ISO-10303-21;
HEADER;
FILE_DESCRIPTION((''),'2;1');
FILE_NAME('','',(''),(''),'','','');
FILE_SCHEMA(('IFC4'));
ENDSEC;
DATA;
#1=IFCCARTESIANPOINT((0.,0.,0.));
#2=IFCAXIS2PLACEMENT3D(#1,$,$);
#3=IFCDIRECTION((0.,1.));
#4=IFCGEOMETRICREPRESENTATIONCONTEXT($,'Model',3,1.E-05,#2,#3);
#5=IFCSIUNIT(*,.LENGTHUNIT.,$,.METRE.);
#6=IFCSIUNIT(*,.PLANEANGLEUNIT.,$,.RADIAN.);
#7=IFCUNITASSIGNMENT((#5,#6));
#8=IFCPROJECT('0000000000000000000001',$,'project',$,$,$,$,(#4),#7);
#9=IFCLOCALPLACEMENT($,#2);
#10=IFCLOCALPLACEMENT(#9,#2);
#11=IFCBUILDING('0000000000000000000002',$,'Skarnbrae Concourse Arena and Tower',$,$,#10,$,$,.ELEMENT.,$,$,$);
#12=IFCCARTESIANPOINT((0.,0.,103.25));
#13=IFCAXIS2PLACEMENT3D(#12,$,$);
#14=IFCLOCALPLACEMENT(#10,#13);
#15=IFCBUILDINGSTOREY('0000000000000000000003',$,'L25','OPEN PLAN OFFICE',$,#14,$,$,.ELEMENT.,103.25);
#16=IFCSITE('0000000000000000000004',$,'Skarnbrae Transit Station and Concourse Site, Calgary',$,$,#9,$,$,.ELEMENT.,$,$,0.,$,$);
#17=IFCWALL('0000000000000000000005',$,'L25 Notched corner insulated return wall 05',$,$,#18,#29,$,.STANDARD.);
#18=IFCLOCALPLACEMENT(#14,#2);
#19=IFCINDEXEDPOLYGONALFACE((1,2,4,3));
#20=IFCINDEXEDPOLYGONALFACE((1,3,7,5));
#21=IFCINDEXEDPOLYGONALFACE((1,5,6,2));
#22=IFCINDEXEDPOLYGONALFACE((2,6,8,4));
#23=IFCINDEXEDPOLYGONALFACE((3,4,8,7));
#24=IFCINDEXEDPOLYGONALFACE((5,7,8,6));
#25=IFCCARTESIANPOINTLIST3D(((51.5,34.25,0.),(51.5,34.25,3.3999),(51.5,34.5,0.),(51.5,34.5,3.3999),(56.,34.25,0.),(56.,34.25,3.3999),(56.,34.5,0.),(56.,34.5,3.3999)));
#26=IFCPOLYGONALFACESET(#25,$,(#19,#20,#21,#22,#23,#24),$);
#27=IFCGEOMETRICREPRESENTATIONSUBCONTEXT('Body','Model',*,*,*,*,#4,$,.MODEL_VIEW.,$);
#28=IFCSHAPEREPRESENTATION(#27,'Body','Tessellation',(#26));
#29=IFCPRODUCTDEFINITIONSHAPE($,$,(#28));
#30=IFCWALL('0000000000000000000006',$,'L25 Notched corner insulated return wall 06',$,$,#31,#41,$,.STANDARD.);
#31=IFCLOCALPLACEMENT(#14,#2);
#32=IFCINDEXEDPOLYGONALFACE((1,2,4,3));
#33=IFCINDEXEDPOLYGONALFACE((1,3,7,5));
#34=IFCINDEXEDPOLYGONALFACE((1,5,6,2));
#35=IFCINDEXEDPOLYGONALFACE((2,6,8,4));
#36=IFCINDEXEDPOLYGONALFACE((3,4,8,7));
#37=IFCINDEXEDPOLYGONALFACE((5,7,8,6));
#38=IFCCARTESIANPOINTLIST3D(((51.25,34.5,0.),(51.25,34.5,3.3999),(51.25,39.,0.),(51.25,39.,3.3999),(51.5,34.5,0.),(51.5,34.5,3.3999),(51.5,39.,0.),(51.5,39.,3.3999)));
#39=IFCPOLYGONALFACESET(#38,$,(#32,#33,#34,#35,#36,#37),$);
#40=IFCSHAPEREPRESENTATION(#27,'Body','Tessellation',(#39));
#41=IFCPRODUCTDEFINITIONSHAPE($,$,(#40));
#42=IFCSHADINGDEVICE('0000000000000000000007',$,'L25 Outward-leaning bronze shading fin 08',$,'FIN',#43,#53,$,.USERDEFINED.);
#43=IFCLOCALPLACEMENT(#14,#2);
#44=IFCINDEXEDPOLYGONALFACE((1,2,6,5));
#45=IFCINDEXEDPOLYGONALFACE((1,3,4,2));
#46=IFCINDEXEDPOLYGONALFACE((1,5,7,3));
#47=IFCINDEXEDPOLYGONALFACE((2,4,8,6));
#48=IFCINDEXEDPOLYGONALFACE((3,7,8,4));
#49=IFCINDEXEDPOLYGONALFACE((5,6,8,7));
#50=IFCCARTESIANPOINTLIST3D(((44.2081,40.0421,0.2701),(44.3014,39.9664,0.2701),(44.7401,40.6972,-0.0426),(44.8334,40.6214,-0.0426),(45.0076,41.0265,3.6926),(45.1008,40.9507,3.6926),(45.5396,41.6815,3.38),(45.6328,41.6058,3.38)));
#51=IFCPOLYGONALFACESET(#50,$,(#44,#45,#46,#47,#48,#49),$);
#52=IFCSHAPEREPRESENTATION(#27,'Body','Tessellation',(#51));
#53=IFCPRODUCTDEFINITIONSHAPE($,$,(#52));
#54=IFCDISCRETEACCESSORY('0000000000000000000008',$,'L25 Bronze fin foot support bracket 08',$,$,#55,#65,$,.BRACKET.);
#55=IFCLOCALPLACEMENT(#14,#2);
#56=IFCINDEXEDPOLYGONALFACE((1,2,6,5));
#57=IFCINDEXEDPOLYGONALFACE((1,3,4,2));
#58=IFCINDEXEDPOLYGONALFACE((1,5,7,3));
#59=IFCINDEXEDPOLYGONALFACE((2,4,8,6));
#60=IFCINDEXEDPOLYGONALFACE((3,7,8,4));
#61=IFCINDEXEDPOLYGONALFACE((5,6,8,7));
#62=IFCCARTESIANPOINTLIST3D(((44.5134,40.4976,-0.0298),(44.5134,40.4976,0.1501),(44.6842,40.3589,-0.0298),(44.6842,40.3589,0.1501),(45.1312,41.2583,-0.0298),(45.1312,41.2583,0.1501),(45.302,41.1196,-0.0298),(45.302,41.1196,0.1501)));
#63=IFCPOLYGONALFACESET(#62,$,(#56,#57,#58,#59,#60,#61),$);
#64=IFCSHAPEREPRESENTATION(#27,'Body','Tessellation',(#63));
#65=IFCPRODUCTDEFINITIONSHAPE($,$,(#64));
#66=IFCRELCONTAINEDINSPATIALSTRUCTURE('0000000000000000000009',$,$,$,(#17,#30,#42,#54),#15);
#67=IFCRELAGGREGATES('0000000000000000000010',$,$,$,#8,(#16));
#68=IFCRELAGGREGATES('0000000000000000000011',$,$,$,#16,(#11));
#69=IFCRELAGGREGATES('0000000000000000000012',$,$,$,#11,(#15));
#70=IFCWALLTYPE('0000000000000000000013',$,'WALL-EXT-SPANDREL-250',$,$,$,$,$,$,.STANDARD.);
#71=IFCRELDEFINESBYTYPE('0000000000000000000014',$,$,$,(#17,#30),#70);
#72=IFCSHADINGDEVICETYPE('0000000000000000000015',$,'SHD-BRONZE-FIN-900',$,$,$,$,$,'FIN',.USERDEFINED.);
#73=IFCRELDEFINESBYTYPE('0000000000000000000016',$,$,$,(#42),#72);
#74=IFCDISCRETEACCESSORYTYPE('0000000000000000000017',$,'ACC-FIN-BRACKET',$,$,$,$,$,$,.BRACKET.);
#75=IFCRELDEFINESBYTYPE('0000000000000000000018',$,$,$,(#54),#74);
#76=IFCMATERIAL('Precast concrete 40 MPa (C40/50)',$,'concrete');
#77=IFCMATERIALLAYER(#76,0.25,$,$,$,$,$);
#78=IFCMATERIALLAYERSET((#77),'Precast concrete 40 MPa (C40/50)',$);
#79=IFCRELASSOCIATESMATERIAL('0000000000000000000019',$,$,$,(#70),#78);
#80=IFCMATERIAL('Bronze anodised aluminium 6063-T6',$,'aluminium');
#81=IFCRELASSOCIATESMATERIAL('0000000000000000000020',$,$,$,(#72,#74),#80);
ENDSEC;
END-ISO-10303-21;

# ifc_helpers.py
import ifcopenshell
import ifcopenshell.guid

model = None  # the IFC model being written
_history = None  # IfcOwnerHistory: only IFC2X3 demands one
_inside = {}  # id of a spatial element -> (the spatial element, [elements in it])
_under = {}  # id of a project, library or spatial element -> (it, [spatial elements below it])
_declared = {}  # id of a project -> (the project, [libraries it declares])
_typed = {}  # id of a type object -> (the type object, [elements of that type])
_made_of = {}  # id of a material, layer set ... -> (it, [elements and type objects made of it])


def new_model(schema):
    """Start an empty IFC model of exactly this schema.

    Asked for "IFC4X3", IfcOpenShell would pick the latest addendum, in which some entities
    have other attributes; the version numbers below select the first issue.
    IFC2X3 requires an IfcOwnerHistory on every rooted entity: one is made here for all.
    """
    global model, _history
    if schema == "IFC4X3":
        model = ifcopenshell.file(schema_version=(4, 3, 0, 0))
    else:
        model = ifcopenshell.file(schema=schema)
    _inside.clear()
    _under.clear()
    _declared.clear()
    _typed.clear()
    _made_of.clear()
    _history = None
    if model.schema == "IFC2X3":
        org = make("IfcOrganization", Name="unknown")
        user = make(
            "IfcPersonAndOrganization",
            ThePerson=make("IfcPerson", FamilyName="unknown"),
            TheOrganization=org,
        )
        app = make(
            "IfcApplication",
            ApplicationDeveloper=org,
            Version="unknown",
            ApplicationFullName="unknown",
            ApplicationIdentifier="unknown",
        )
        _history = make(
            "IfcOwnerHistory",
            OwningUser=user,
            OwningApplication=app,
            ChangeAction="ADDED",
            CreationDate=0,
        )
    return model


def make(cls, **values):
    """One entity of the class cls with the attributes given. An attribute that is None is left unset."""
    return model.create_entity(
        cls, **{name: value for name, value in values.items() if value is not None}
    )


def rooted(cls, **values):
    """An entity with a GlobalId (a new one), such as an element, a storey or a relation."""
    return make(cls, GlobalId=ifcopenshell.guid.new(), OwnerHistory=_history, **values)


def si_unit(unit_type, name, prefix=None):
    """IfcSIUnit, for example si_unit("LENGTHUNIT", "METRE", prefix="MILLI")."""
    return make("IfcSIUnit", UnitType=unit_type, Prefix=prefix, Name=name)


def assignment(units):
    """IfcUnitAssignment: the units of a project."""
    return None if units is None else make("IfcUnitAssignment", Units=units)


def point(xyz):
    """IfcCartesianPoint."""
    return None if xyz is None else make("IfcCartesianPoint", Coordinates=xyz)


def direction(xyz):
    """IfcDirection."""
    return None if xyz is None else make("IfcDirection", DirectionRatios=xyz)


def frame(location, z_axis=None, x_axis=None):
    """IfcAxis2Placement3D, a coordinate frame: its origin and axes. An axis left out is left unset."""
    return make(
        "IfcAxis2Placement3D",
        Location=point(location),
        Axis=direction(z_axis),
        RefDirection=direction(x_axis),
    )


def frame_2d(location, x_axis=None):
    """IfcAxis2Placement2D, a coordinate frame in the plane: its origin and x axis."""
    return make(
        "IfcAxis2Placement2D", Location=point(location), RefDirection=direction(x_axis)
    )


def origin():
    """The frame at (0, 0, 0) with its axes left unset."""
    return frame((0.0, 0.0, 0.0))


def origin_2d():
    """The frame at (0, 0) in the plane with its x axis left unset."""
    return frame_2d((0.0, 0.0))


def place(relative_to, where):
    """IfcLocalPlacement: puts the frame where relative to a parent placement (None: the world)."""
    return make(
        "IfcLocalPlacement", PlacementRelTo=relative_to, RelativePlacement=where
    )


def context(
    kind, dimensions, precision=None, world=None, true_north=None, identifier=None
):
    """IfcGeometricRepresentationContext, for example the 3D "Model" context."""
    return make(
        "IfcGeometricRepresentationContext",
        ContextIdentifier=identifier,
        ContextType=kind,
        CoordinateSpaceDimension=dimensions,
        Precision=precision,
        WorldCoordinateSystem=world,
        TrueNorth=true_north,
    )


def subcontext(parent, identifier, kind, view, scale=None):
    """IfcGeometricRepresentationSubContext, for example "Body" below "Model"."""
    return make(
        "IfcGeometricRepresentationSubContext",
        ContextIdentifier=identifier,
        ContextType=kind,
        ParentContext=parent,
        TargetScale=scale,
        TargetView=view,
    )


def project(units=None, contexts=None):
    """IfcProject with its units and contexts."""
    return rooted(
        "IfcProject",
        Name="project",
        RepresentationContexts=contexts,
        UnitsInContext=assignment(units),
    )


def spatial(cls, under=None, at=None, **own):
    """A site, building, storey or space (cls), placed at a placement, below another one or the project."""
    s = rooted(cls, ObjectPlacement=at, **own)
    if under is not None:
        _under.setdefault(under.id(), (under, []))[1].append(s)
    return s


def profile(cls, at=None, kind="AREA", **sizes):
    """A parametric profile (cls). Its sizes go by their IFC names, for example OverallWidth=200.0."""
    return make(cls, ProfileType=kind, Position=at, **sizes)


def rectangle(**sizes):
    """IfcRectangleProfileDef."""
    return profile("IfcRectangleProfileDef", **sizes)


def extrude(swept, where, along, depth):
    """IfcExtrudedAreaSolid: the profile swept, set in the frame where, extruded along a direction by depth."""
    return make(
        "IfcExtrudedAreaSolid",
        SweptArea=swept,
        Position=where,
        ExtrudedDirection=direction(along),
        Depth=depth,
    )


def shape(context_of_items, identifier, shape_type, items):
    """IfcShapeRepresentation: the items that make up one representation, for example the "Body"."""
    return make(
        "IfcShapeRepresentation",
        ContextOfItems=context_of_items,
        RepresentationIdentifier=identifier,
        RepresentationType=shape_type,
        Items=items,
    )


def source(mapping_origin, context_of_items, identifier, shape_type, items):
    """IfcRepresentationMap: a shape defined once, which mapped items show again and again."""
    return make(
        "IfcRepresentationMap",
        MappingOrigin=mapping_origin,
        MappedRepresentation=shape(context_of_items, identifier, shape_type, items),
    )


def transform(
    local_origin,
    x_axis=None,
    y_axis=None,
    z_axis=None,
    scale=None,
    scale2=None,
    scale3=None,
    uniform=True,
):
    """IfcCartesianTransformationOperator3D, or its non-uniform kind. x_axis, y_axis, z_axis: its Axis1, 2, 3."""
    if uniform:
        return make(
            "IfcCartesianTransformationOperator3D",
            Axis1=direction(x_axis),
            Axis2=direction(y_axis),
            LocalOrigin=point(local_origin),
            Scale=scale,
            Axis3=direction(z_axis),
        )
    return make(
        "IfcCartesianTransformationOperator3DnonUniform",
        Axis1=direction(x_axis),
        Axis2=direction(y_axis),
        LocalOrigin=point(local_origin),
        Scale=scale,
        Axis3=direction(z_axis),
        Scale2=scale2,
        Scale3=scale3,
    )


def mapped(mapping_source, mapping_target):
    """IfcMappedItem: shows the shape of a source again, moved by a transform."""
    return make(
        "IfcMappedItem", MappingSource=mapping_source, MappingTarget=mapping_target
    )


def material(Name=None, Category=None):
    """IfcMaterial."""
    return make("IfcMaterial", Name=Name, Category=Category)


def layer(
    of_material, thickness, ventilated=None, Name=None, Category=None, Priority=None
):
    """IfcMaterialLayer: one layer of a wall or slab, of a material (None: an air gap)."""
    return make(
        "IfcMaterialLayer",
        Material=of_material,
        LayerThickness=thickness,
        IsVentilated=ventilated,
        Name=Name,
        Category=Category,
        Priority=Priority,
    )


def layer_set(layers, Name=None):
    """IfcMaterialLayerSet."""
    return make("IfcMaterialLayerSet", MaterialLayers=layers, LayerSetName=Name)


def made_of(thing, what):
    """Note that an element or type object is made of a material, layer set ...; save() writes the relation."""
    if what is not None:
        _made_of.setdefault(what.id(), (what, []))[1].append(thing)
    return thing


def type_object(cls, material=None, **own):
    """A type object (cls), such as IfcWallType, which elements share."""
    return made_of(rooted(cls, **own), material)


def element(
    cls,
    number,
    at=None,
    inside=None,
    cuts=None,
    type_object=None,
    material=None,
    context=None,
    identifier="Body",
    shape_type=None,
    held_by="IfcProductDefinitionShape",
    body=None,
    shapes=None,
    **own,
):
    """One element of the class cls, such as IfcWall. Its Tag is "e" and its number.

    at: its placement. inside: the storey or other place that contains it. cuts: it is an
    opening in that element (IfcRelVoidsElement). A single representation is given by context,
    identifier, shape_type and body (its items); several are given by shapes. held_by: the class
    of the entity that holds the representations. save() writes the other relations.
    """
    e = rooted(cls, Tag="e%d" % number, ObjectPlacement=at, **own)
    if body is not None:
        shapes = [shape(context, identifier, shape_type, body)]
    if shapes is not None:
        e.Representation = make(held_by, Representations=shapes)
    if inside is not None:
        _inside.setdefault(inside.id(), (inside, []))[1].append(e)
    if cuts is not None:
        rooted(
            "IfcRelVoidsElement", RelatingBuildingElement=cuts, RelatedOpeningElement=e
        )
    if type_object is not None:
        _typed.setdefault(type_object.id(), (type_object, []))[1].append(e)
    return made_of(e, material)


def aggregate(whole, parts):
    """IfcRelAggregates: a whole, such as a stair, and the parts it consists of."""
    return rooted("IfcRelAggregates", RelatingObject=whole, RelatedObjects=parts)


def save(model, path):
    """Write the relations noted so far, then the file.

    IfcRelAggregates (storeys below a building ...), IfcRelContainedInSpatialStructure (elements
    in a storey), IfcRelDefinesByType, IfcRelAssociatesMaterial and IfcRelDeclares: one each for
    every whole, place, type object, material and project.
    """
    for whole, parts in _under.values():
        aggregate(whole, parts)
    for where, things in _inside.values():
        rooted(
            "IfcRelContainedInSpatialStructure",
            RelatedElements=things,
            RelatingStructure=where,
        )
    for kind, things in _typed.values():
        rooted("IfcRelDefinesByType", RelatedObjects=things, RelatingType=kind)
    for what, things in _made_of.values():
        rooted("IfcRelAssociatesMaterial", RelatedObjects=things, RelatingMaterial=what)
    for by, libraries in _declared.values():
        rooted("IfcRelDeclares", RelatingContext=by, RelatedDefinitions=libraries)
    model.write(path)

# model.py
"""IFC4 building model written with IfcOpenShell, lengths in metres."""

from ifc_helpers import new_model, si_unit, direction, frame, frame_2d, origin, origin_2d, place, context, subcontext, project, spatial, rectangle, extrude, source, transform, mapped, material, layer, layer_set, type_object, element, save


model = new_model("IFC4")

# Units and contexts
model_context = context("Model", 3, precision=1e-05, world=origin(), true_north=direction((0.0, 1.0)))
body_context = subcontext(model_context, "Body", "Model", "MODEL_VIEW")
ifc_project = project(units=[si_unit("LENGTHUNIT", "METRE"), si_unit("PLANEANGLEUNIT", "RADIAN")], contexts=[model_context])

# Site, building, storey
site_placement = place(None, origin())
site = spatial("IfcSite", under=ifc_project, at=site_placement, Name="Skarnbrae Transit Station and Concourse Site, Calgary", CompositionType="ELEMENT", RefElevation=0.0)
building_placement = place(site_placement, origin())
building = spatial("IfcBuilding", under=site, at=building_placement, Name="Skarnbrae Concourse Arena and Tower", CompositionType="ELEMENT")
storey_placement = place(building_placement, frame((0.0, 0.0, 103.25)))
storey = spatial("IfcBuildingStorey", under=building, at=storey_placement, Name="L25", Description="OPEN PLAN OFFICE", CompositionType="ELEMENT", Elevation=103.25)

# Shared definitions
ifc_material_1 = material(Name="Bronze anodised aluminium 6063-T6", Category="aluminium")

# Walls
ifc_material_2 = material(Name="Precast concrete 40 MPa (C40/50)", Category="concrete")
ifc_layer_1 = layer(ifc_material_2, 0.25)
ifc_layer_set_1 = layer_set([ifc_layer_1], Name="Precast concrete 40 MPa (C40/50)")
wall_type = type_object("IfcWallType", Name="WALL-EXT-SPANDREL-250", PredefinedType="STANDARD", material=ifc_layer_set_1)
shared_shape_1 = source(origin(), body_context, "Body", "SweptSolid", [
    extrude(rectangle(XDim=4.5, YDim=0.25, at=frame_2d((2.25, 0.0))), origin(), (0.0, 0.0, 1.0), 3.3999),
])
for number, where, z_axis, x_axis, name in (
    (1, (56.0, 34.375, 0.0), (0.0, 0.0, 1.0), (-1.0, 0.0, 0.0), "L25 Notched corner insulated return wall 05"),
    (2, (51.375, 34.5, 0.0), (0.0, 0.0, 1.0), (0.0, 1.0, 0.0), "L25 Notched corner insulated return wall 06"),
):
    element("IfcWall", number, at=place(storey_placement, frame(where, z_axis=z_axis, x_axis=x_axis)), inside=storey, type_object=wall_type, Name=name, PredefinedType="STANDARD", context=body_context, shape_type="MappedRepresentation", body=[
        mapped(shared_shape_1, transform((0.0, 0.0, 0.0))),
    ])

# Shading device
shading_device_type = type_object("IfcShadingDeviceType", Name="SHD-BRONZE-FIN-900", ElementType="FIN", PredefinedType="USERDEFINED", material=ifc_material_1)
shared_shape_2 = source(origin(), body_context, "Body", "SweptSolid", [
    extrude(rectangle(XDim=0.1201, YDim=0.8999, at=origin_2d()), origin(), (0.0, 0.0, 1.0), 3.6499),
])
shading_device_placement = place(storey_placement, frame((44.5208, 40.3318, 0.1138), z_axis=(0.219029, 0.269688, 0.937707), x_axis=(0.776245, -0.630432, 0.0)))
element("IfcShadingDevice", 3, at=shading_device_placement, inside=storey, type_object=shading_device_type, Name="L25 Outward-leaning bronze shading fin 08", ObjectType="FIN", PredefinedType="USERDEFINED", context=body_context, shape_type="MappedRepresentation", body=[
    mapped(shared_shape_2, transform((0.0, 0.0, 0.0))),
])

# Discrete accessory
discrete_accessory_type = type_object("IfcDiscreteAccessoryType", Name="ACC-FIN-BRACKET", PredefinedType="BRACKET", material=ifc_material_1)
shared_shape_3 = source(origin(), body_context, "Body", "SweptSolid", [
    extrude(rectangle(XDim=0.22, YDim=0.98, at=origin_2d()), origin(), (0.0, 0.0, 1.0), 0.1799),
])
discrete_accessory_placement = place(storey_placement, frame((44.9077, 40.8086, -0.0298), z_axis=(0.0, 0.0, 1.0), x_axis=(0.776245, -0.630432, 0.0)))
element("IfcDiscreteAccessory", 4, at=discrete_accessory_placement, inside=storey, type_object=discrete_accessory_type, Name="L25 Bronze fin foot support bracket 08", PredefinedType="BRACKET", context=body_context, shape_type="MappedRepresentation", body=[
    mapped(shared_shape_3, transform((0.0, 0.0, 0.0))),
])

save(model, "model.ifc")
